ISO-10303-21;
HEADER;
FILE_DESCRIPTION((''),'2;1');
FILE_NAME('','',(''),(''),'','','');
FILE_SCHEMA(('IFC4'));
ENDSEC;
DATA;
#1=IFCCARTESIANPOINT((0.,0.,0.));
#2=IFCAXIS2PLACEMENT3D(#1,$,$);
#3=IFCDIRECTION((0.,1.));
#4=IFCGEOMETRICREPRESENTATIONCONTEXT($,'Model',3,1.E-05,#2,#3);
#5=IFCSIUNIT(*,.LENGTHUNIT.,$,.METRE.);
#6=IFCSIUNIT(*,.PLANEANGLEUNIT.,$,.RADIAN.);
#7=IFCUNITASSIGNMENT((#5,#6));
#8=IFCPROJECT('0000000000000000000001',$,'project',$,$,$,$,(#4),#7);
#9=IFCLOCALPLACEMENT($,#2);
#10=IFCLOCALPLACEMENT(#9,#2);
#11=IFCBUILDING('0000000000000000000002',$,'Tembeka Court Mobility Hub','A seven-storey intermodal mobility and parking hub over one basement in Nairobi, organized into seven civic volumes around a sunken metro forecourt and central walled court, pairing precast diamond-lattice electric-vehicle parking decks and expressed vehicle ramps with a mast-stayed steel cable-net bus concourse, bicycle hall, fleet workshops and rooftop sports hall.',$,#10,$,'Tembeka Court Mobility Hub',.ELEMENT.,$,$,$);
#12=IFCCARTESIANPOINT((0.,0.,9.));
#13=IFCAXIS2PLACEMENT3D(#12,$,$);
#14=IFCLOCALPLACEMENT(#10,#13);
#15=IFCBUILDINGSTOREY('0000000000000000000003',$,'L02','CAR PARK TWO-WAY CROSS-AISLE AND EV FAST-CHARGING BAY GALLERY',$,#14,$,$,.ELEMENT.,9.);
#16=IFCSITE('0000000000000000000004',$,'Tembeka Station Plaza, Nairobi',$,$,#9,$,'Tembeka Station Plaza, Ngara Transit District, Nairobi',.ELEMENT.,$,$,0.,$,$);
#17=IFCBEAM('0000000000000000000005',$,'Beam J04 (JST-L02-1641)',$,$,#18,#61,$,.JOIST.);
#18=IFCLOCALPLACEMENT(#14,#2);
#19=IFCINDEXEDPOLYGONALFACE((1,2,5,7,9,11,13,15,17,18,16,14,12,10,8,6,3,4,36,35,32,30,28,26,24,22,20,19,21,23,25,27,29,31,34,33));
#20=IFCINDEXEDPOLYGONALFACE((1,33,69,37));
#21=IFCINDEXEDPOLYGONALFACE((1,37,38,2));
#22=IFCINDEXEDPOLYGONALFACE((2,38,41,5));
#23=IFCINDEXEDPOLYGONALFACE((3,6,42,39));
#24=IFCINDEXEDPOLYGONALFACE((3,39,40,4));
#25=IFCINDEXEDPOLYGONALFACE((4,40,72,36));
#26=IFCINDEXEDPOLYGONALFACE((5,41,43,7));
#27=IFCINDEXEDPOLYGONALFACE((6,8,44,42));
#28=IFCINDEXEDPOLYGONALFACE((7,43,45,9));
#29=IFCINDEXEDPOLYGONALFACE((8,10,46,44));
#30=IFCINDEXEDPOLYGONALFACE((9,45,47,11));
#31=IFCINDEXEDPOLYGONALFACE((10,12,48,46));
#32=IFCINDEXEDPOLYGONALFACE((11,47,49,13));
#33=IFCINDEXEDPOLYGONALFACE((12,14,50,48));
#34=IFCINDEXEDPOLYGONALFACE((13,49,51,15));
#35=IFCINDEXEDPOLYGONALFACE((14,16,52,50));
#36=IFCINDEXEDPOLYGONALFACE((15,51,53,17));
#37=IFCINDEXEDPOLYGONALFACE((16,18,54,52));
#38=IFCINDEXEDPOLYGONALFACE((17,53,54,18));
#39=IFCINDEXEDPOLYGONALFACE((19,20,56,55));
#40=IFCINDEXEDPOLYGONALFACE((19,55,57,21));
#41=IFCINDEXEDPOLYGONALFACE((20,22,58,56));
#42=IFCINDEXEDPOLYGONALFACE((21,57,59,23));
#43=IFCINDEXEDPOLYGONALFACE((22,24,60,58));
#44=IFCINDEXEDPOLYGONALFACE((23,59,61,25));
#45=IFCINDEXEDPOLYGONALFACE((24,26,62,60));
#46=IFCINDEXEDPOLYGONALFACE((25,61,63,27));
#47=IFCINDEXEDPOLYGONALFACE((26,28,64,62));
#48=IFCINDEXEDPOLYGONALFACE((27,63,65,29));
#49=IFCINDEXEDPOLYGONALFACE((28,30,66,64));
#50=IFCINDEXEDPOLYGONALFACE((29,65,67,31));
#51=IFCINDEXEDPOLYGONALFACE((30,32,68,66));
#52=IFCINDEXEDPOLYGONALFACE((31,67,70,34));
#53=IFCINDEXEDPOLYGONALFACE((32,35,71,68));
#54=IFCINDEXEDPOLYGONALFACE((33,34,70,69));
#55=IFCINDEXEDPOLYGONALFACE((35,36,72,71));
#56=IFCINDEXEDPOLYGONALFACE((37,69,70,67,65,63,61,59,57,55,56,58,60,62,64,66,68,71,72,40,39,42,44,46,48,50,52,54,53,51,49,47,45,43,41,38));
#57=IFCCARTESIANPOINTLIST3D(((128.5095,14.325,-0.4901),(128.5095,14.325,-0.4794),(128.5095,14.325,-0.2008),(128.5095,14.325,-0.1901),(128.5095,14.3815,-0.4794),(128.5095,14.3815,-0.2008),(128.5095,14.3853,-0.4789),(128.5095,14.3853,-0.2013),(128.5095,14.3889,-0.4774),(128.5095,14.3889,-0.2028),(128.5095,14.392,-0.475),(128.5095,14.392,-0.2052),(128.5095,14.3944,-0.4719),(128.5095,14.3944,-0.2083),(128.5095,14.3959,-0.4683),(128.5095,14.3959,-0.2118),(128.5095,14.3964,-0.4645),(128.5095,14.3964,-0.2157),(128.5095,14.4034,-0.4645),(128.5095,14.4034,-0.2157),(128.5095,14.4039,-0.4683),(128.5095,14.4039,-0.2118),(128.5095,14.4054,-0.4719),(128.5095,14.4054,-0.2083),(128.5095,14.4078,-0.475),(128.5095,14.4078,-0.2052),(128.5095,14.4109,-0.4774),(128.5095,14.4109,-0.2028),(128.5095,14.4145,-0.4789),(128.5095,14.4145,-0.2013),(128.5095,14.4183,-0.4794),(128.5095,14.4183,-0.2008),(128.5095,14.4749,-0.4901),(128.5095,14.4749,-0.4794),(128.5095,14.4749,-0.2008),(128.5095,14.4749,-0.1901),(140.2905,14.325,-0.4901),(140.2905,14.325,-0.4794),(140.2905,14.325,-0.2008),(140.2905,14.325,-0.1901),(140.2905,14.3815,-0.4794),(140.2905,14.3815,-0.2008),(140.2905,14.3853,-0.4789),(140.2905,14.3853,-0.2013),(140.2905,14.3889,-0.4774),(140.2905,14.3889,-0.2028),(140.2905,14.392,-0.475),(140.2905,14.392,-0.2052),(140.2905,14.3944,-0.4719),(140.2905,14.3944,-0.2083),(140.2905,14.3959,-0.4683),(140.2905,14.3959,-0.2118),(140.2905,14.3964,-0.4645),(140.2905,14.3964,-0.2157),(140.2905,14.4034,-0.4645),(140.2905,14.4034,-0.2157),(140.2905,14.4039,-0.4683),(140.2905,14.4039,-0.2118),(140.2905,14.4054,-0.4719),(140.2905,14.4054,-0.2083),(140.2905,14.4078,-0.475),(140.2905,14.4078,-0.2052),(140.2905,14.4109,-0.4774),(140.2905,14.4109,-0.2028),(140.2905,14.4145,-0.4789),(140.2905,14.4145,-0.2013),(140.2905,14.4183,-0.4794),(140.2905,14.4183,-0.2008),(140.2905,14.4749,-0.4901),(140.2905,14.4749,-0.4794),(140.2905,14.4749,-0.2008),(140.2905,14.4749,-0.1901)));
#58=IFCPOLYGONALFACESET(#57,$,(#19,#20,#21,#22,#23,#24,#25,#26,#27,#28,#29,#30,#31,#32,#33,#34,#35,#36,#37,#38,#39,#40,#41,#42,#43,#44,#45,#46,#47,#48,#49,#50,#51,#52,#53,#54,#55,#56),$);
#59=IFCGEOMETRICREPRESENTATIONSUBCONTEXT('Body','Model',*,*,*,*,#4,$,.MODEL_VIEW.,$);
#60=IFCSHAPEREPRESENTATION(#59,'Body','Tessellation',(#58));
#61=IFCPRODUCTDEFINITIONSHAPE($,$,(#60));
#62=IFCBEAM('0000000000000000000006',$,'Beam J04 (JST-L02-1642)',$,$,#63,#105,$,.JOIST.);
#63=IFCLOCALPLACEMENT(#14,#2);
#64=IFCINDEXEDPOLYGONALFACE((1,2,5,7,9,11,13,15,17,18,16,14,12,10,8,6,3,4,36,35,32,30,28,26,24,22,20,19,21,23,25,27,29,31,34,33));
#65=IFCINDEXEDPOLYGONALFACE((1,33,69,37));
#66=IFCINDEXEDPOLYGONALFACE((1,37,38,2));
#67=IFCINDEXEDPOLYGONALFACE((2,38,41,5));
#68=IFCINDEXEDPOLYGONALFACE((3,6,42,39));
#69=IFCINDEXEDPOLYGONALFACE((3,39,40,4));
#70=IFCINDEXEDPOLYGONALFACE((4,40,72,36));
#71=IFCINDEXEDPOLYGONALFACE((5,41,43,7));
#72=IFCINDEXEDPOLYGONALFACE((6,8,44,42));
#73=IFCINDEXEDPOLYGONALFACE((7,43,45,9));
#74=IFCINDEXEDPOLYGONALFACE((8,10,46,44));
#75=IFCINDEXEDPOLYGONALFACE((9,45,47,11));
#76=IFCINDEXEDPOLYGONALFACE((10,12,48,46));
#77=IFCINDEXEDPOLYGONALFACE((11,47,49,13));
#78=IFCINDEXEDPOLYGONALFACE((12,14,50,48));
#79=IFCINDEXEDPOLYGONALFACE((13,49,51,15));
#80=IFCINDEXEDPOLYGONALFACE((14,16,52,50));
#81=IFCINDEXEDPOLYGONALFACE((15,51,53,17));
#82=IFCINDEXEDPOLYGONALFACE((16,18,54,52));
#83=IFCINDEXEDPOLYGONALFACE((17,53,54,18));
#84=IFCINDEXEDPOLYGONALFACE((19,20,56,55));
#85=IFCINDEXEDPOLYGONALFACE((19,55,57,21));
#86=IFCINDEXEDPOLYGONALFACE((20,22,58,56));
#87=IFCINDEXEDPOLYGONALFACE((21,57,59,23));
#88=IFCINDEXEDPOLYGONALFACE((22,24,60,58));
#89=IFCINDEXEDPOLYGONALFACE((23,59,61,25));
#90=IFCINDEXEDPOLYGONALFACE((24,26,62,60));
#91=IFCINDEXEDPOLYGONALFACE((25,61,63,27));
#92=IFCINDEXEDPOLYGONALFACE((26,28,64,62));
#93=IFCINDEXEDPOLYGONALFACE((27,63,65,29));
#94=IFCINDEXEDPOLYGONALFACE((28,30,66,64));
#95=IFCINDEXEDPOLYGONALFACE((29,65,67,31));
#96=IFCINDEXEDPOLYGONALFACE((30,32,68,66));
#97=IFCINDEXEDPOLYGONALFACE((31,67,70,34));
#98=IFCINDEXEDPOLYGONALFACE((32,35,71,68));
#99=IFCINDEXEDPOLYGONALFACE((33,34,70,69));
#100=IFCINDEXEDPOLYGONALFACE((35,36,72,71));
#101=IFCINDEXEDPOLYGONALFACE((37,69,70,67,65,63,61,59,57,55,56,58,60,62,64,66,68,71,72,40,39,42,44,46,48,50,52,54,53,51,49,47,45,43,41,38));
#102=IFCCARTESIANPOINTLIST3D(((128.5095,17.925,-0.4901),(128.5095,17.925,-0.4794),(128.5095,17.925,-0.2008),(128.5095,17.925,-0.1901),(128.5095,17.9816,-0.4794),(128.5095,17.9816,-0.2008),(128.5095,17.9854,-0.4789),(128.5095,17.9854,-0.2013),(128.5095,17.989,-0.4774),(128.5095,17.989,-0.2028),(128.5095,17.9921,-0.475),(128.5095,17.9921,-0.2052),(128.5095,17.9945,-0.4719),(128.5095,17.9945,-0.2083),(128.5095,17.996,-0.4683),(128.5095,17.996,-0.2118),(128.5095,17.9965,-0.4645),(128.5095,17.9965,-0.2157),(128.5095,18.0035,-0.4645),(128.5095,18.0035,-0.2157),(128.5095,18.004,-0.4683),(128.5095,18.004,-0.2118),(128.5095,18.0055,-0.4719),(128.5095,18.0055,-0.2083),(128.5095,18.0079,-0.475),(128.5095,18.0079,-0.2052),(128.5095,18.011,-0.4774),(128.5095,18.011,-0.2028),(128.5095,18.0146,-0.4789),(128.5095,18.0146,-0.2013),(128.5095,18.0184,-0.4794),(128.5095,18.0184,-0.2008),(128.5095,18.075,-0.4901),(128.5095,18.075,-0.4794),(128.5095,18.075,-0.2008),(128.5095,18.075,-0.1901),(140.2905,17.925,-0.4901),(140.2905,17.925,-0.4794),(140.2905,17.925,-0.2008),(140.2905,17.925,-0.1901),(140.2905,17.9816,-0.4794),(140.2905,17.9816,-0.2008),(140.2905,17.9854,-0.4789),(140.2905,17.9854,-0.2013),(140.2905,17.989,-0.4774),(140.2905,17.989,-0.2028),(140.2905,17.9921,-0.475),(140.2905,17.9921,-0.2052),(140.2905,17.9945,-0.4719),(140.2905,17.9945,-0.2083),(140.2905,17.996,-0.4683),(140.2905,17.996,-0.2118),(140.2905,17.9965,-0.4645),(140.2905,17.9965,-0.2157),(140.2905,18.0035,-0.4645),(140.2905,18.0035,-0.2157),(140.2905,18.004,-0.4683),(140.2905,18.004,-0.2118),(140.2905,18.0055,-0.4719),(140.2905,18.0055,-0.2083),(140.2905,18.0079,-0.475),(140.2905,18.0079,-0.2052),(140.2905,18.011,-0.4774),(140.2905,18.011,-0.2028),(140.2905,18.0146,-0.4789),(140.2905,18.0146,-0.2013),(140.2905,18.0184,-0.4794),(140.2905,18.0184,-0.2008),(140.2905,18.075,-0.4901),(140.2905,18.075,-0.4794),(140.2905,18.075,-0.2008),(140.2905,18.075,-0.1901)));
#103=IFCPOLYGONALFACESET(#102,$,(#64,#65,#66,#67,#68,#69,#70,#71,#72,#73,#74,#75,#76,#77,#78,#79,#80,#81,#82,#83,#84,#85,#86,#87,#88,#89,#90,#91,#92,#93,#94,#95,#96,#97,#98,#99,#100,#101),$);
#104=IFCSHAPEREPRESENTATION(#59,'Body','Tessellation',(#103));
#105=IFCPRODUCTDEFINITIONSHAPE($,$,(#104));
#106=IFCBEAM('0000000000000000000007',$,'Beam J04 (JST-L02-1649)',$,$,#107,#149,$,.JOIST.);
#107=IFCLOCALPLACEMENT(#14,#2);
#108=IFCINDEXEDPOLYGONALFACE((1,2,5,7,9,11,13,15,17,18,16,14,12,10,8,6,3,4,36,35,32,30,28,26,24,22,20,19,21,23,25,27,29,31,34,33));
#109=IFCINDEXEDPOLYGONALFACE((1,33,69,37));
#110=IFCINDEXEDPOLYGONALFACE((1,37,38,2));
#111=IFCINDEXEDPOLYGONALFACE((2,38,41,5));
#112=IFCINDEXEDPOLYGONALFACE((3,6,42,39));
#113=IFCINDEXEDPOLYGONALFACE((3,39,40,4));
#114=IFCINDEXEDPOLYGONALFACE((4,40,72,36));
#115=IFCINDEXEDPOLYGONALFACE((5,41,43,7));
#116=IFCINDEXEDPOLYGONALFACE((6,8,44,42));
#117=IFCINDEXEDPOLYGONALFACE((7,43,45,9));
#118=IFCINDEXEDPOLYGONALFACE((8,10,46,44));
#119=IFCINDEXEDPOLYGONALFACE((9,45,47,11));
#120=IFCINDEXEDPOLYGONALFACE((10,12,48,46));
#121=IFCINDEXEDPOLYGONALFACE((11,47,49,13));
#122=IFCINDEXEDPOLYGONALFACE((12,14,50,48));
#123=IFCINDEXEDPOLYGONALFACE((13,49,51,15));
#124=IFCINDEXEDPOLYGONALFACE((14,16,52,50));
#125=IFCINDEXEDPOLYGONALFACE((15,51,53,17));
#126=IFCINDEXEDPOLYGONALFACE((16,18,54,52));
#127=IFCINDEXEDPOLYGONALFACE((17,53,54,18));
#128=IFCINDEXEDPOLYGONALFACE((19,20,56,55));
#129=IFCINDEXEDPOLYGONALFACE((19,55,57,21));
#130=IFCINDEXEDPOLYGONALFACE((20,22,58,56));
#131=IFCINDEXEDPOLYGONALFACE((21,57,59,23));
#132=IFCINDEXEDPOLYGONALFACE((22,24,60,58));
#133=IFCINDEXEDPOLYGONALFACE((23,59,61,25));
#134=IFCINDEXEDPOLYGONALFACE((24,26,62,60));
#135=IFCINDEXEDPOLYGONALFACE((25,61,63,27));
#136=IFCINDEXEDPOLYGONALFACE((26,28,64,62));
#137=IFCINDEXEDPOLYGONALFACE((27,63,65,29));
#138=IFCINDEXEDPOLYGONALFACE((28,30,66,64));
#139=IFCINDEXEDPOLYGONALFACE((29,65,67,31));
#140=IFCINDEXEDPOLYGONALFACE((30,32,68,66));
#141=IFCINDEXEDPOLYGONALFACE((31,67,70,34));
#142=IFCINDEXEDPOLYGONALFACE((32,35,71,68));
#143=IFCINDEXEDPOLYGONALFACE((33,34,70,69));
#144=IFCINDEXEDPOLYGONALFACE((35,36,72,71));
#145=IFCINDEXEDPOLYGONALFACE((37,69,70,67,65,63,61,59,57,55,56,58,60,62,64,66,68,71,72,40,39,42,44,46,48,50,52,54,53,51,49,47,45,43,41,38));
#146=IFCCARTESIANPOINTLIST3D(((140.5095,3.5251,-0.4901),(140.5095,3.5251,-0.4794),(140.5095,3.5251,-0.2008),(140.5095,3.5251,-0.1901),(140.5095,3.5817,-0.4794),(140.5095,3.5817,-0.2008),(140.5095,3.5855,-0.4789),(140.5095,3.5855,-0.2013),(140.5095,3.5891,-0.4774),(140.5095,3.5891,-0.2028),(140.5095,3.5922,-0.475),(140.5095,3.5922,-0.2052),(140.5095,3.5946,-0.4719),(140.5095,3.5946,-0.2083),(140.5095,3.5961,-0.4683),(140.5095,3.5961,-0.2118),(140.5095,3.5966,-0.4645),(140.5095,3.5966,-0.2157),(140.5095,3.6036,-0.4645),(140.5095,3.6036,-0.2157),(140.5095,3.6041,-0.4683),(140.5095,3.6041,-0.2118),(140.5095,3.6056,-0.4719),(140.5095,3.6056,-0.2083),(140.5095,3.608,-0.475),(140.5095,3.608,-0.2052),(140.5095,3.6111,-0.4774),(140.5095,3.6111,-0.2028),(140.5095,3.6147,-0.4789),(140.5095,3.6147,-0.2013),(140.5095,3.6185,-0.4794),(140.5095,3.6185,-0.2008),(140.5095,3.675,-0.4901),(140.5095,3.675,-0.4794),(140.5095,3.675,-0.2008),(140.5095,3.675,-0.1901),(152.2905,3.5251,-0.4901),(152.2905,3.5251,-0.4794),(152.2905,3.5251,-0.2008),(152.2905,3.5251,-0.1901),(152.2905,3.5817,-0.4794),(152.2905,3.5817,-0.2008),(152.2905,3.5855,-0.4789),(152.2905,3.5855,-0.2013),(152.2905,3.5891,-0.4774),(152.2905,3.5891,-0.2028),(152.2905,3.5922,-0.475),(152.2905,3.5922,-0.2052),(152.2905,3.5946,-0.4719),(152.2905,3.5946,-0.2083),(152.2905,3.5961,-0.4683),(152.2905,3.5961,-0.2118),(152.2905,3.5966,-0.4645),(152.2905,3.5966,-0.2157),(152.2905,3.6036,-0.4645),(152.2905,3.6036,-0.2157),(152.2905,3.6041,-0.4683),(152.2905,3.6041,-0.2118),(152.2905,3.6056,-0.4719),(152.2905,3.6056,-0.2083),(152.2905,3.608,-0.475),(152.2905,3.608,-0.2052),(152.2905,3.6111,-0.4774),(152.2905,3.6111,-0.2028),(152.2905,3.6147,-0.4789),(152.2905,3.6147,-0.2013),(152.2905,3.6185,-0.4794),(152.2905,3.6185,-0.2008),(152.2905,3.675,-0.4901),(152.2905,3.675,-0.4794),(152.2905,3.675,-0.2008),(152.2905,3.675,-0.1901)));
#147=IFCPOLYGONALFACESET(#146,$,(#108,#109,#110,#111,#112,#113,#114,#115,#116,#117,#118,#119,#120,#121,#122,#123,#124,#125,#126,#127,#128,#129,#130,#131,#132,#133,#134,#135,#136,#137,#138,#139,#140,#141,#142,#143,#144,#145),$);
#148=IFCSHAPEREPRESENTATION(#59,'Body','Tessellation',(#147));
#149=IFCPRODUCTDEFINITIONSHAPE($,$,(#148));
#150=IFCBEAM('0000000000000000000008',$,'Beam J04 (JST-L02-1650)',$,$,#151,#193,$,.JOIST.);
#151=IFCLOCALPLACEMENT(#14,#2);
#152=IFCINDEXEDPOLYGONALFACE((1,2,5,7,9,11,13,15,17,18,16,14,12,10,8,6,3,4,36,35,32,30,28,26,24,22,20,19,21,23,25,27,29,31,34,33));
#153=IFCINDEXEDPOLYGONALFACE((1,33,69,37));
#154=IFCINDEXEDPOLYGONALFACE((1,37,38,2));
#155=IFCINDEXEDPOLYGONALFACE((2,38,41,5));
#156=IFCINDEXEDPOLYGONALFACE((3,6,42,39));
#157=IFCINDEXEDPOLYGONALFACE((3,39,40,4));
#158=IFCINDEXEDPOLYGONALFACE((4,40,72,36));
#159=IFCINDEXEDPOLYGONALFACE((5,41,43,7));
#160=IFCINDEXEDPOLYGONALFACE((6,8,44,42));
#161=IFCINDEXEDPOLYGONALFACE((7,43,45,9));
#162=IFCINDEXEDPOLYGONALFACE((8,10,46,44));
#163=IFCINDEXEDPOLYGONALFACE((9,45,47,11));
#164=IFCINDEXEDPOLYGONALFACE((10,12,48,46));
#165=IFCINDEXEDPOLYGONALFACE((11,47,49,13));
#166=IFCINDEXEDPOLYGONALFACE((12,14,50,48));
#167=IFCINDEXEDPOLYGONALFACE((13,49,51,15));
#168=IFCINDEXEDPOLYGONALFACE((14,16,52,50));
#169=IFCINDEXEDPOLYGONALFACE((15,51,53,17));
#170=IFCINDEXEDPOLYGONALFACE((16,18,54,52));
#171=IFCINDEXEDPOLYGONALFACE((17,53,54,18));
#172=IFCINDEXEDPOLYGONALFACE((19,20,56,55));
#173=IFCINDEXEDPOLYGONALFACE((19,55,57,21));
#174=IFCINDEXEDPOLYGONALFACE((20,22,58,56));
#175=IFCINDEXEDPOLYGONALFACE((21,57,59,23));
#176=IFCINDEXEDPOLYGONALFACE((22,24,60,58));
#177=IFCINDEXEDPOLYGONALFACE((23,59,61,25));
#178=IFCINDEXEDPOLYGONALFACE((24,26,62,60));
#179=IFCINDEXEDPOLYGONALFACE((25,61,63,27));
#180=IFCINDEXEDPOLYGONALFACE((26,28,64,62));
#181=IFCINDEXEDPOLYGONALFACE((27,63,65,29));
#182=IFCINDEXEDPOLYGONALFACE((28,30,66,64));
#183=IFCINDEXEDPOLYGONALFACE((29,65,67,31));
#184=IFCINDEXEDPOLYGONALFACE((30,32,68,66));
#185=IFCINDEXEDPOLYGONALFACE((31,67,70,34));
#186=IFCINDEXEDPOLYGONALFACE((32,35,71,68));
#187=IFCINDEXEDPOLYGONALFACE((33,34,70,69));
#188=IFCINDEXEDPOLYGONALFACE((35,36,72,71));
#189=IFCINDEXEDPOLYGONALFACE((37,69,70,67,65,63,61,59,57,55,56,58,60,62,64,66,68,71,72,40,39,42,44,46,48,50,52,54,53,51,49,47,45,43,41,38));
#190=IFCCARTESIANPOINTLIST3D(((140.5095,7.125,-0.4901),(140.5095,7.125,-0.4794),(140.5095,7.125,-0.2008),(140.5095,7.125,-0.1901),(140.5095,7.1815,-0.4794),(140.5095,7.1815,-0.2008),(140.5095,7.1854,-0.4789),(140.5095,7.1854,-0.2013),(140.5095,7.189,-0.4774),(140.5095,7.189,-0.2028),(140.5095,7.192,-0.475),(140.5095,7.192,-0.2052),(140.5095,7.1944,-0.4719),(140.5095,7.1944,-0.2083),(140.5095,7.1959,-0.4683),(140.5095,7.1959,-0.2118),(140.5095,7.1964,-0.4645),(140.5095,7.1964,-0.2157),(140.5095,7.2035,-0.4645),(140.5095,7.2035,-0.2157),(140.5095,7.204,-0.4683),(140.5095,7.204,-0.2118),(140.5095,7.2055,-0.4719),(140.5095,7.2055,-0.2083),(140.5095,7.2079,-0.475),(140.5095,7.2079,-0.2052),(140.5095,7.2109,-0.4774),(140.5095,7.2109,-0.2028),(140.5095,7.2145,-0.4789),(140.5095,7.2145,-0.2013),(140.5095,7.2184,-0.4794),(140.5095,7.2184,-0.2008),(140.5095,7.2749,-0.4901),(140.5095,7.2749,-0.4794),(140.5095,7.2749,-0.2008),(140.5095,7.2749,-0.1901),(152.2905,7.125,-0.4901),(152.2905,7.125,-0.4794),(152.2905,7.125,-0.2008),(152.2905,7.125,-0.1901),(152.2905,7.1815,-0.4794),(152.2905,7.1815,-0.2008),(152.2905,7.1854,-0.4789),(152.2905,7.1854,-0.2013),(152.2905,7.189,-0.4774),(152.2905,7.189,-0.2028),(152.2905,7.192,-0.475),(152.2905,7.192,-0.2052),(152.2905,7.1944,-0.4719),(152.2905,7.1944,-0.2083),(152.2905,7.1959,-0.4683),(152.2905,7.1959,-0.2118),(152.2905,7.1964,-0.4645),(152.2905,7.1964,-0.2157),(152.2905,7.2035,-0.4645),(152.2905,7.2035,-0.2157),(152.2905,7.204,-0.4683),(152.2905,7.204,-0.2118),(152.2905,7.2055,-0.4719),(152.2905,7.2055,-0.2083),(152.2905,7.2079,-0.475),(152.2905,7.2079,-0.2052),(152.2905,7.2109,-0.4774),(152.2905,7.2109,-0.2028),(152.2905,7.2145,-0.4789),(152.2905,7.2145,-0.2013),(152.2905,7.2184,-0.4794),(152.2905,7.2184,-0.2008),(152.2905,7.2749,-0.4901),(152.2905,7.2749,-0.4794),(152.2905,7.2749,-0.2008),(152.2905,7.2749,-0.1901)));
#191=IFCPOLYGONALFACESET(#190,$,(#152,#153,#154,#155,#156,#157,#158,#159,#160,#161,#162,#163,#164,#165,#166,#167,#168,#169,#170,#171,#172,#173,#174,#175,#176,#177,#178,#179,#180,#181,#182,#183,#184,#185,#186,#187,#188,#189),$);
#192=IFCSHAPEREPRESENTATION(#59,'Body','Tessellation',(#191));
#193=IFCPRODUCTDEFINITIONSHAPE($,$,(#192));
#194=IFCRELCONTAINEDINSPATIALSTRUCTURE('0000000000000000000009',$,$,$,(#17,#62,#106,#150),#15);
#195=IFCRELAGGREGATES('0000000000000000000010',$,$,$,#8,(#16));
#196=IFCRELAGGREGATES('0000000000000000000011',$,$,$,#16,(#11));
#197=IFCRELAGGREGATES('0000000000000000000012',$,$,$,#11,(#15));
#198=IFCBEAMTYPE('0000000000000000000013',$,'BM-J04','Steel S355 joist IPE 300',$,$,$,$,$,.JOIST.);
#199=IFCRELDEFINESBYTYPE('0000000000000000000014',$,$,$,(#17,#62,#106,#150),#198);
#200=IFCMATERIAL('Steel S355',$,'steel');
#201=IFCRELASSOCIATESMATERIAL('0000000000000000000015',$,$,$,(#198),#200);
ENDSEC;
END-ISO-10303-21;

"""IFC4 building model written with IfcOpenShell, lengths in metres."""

from ifc_helpers import new_model, si_unit, direction, frame, origin, origin_2d, place, context, subcontext, project, spatial, i_section, extrude, material, material_profile, profile_set, type_object, element, save


model = new_model("IFC4")

# Units and contexts
model_context = context("Model", 3, precision=1e-05, world=origin(), true_north=direction((0.0, 1.0)))
body_context = subcontext(model_context, "Body", "Model", "MODEL_VIEW")
ifc_project = project(units=[si_unit("LENGTHUNIT", "METRE"), si_unit("PLANEANGLEUNIT", "RADIAN")], contexts=[model_context])

# Site, building, storey
site_placement = place(None, origin())
site = spatial("IfcSite", under=ifc_project, at=site_placement, Name="Tembeka Station Plaza, Nairobi", LongName="Tembeka Station Plaza, Ngara Transit District, Nairobi", CompositionType="ELEMENT", RefElevation=0.0)
building_placement = place(site_placement, origin())
building = spatial("IfcBuilding", under=site, at=building_placement, Name="Tembeka Court Mobility Hub", Description="A seven-storey intermodal mobility and parking hub over one basement in Nairobi, organized into seven civic volumes around a sunken metro forecourt and central walled court, pairing precast diamond-lattice electric-vehicle parking decks and expressed vehicle ramps with a mast-stayed steel cable-net bus concourse, bicycle hall, fleet workshops and rooftop sports hall.", LongName="Tembeka Court Mobility Hub", CompositionType="ELEMENT")
storey_placement = place(building_placement, frame((0.0, 0.0, 9.0)))
storey = spatial("IfcBuildingStorey", under=building, at=storey_placement, Name="L02", Description="CAR PARK TWO-WAY CROSS-AISLE AND EV FAST-CHARGING BAY GALLERY", CompositionType="ELEMENT", Elevation=9.0)

# Shared definitions
ifc_material_1 = material(Name="Steel S355", Category="steel")

# Beams
ifc_material_profile_1 = material_profile(ifc_material_1, i_section(OverallWidth=0.1499, OverallDepth=0.3, WebThickness=0.0071, FlangeThickness=0.0107, FilletRadius=0.0149, at=origin_2d()), Name="IPE 300")
ifc_profile_set_1 = profile_set([ifc_material_profile_1], Name="Steel S355")
beam_type_1 = type_object("IfcBeamType", Name="BM-J04", Description="Steel S355 joist IPE 300", PredefinedType="JOIST", material=ifc_profile_set_1)
for number, where, z_axis, x_axis, name in (
    (1, (128.5095, 14.3999, -0.3401), (1.0, 0.0, 0.0), (0.0, 1.0, 0.0), "Beam J04 (JST-L02-1641)"),
    (2, (128.5095, 18.0, -0.3401), (1.0, 0.0, 0.0), (0.0, 1.0, 0.0), "Beam J04 (JST-L02-1642)"),
    (3, (140.5095, 3.6001, -0.3401), (1.0, 0.0, 0.0), (0.0, 1.0, 0.0), "Beam J04 (JST-L02-1649)"),
    (4, (140.5095, 7.2, -0.3401), (1.0, 0.0, 0.0), (0.0, 1.0, 0.0), "Beam J04 (JST-L02-1650)"),
):
    element("IfcBeam", number, at=place(storey_placement, frame(where, z_axis=z_axis, x_axis=x_axis)), inside=storey, type_object=beam_type_1, Name=name, PredefinedType="JOIST", context=body_context, shape_type="SweptSolid", body=[
        extrude(i_section(OverallWidth=0.1499, OverallDepth=0.3, WebThickness=0.0071, FlangeThickness=0.0107, FilletRadius=0.0149, at=origin_2d()), origin(), (0.0, 0.0, 1.0), 11.781),
    ])

save(model, "model.ifc")
